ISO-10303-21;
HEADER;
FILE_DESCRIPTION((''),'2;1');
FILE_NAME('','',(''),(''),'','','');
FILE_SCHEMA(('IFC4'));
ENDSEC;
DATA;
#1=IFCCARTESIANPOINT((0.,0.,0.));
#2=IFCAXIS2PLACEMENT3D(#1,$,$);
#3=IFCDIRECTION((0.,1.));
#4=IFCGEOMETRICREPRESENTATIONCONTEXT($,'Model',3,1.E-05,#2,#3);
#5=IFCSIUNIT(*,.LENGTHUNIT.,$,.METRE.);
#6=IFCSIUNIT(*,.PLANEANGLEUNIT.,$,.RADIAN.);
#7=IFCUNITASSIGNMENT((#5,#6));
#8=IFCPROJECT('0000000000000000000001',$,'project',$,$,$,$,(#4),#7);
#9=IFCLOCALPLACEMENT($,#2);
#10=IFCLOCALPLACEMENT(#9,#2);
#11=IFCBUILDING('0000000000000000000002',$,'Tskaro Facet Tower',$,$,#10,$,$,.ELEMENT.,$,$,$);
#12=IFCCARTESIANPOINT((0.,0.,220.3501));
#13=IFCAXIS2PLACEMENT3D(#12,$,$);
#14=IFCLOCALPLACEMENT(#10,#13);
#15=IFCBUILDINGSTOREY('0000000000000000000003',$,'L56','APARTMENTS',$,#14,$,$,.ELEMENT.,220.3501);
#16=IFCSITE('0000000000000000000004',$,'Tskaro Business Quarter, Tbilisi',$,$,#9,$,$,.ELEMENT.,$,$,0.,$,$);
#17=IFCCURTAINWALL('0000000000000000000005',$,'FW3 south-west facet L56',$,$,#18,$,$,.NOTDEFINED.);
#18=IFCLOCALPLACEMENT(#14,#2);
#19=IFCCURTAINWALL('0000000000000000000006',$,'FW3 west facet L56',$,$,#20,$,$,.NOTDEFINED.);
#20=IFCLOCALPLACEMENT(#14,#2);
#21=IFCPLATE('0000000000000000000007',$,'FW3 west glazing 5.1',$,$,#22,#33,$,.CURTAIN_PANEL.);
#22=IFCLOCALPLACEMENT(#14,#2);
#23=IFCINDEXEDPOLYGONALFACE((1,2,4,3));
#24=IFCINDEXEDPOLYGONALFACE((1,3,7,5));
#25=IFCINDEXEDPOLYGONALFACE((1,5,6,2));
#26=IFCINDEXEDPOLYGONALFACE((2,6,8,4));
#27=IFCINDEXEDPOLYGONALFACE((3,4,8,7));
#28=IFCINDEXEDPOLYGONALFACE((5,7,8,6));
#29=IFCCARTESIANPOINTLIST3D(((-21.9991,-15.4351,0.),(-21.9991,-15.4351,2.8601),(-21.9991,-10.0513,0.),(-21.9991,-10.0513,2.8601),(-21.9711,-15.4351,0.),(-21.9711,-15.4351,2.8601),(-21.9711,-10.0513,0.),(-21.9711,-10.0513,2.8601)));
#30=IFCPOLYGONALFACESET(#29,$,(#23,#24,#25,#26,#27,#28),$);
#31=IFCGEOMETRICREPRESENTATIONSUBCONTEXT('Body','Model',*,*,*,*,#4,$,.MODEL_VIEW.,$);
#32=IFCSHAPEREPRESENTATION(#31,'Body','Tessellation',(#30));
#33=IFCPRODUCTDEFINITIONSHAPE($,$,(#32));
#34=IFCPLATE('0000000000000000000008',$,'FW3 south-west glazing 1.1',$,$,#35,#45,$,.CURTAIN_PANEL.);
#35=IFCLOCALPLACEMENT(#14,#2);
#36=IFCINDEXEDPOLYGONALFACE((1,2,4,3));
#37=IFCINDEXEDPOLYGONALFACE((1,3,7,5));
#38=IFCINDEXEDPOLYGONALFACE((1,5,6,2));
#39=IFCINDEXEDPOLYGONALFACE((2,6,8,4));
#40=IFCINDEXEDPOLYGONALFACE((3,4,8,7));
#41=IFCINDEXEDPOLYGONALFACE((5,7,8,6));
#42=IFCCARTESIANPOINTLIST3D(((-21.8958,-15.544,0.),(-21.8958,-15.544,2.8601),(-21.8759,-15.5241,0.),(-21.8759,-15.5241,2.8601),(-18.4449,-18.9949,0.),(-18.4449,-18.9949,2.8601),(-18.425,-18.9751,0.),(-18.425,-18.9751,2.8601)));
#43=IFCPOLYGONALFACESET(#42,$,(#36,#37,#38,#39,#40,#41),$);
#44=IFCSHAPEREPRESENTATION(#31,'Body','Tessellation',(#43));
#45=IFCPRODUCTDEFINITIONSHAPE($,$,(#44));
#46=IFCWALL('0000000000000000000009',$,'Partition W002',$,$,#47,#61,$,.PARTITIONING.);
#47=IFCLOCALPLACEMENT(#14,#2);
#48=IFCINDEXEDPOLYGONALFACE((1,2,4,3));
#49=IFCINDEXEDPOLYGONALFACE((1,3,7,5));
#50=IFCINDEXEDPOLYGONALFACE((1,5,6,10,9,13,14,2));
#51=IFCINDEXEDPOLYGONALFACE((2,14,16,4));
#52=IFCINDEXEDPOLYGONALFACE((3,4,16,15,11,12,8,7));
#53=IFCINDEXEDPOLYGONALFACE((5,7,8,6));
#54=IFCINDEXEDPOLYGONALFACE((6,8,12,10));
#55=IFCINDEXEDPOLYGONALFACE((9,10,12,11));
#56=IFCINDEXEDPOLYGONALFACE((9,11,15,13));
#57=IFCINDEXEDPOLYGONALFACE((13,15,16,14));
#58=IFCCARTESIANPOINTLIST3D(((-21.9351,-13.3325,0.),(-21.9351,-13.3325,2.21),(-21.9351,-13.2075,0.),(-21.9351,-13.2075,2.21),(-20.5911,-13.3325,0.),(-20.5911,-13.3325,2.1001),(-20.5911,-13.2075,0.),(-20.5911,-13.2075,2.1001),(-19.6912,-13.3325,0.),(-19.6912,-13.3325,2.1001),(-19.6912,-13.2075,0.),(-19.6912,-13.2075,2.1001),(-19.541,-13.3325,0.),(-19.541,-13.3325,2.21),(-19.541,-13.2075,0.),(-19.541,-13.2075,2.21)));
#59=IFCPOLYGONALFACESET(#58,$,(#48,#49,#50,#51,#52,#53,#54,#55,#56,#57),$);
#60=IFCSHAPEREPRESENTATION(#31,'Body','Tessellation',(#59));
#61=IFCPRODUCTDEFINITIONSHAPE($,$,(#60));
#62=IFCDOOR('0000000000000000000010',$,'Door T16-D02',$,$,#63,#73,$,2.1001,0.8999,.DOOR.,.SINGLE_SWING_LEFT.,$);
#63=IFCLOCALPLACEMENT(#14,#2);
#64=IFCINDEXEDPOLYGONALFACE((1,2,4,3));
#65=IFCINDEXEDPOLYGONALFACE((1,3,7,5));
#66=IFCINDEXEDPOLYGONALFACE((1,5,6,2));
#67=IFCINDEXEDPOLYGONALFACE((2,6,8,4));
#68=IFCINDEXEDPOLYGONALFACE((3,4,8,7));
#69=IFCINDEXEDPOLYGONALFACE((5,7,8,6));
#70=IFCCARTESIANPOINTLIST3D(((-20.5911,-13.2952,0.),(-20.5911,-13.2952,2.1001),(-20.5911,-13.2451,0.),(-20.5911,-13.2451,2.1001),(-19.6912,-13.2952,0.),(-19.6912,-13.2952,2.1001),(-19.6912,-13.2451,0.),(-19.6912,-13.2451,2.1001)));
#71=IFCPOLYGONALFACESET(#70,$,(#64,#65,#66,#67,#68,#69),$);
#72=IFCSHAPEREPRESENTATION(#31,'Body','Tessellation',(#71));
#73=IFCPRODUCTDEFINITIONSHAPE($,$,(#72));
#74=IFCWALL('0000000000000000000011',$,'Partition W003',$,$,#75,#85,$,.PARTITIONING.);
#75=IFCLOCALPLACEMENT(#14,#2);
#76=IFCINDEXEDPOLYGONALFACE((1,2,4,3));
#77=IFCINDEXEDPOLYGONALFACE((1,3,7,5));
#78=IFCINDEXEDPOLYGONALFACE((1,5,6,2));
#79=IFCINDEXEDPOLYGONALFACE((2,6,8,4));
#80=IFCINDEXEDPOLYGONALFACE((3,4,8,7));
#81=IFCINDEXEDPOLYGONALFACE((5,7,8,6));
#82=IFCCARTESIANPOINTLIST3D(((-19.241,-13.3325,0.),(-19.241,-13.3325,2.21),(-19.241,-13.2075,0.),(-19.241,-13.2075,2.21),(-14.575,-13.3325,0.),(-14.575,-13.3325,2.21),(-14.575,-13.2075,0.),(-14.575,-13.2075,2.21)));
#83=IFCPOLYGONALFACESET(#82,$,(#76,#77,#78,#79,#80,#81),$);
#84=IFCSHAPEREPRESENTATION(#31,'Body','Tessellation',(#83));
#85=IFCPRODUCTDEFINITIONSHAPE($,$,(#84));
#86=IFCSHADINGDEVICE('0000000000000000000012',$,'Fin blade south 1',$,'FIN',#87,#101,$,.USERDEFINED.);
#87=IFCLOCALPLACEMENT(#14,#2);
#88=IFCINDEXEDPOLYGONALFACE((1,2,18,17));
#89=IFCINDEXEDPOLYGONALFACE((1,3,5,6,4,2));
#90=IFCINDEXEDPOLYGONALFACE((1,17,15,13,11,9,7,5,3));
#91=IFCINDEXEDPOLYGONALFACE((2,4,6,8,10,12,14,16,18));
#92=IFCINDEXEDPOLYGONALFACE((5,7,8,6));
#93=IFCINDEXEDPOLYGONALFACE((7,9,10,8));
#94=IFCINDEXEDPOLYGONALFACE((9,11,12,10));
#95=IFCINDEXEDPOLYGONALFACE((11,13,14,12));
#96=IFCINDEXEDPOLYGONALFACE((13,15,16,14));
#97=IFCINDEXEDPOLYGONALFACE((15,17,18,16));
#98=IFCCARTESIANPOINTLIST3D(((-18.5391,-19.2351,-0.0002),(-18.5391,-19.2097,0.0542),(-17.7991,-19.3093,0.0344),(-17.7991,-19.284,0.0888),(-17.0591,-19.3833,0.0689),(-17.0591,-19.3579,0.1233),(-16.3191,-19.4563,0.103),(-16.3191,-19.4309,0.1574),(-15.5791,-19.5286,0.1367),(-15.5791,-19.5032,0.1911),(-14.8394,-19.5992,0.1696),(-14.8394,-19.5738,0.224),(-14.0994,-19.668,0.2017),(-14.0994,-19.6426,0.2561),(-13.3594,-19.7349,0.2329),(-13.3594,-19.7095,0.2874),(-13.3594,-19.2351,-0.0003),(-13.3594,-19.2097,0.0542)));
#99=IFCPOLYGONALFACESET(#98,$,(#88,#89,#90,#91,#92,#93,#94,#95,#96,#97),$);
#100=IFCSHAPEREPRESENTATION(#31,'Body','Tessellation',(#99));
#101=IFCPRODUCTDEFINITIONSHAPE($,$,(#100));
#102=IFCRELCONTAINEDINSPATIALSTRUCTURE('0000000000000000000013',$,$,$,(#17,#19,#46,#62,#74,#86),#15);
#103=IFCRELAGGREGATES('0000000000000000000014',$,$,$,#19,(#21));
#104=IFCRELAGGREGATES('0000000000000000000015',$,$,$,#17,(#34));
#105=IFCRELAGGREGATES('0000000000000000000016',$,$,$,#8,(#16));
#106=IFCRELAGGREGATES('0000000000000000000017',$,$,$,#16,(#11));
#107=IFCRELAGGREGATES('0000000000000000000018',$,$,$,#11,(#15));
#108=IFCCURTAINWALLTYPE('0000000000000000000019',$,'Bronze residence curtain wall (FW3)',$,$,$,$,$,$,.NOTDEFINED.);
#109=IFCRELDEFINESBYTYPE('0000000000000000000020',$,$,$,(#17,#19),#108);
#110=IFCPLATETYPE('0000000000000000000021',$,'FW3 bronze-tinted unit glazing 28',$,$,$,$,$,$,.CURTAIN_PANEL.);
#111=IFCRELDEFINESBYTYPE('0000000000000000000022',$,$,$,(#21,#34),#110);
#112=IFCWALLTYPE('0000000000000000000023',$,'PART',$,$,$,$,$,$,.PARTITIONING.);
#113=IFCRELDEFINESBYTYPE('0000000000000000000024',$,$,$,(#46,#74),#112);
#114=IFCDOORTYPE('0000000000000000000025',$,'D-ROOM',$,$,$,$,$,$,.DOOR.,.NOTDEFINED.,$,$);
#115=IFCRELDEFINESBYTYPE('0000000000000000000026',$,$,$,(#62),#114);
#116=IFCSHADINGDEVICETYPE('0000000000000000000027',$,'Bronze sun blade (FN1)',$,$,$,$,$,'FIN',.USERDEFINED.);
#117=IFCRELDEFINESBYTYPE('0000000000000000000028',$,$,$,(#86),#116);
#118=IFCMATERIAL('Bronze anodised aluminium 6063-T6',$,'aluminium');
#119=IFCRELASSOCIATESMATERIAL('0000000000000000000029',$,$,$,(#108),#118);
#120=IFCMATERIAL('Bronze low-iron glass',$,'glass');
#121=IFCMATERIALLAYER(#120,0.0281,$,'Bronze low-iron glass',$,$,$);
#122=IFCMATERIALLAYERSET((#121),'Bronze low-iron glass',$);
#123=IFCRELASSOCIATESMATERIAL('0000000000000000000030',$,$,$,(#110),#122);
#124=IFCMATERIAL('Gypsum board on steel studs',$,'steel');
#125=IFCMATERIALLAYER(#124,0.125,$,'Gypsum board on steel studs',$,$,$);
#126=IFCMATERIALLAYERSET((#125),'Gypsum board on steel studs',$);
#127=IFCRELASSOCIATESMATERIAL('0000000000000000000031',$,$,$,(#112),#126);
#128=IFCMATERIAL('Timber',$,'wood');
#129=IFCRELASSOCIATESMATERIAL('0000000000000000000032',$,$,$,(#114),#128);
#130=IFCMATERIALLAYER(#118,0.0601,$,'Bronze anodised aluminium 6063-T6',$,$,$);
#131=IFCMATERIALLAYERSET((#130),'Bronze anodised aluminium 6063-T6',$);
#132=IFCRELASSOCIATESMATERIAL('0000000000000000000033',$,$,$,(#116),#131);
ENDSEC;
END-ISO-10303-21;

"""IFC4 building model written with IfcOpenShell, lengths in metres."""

from ifc_helpers import new_model, si_unit, direction, frame, frame_2d, origin, origin_2d, place, context, subcontext, project, spatial, polyline, rectangle, outline, extrude, material, layer, layer_set, type_object, element, fill, aggregate, save


model = new_model("IFC4")

# Units and contexts
model_context = context("Model", 3, precision=1e-05, world=origin(), true_north=direction((0.0, 1.0)))
body_context = subcontext(model_context, "Body", "Model", "MODEL_VIEW")
ifc_project = project(units=[si_unit("LENGTHUNIT", "METRE"), si_unit("PLANEANGLEUNIT", "RADIAN")], contexts=[model_context])

# Site, building, storey
site_placement = place(None, origin())
site = spatial("IfcSite", under=ifc_project, at=site_placement, Name="Tskaro Business Quarter, Tbilisi", CompositionType="ELEMENT", RefElevation=0.0)
building_placement = place(site_placement, origin())
building = spatial("IfcBuilding", under=site, at=building_placement, Name="Tskaro Facet Tower", CompositionType="ELEMENT")
storey_placement = place(building_placement, frame((0.0, 0.0, 220.3501)))
storey = spatial("IfcBuildingStorey", under=building, at=storey_placement, Name="L56", Description="APARTMENTS", CompositionType="ELEMENT", Elevation=220.3501)

# Curtain wall
ifc_material_1 = material(Name="Bronze anodised aluminium 6063-T6", Category="aluminium")
curtain_wall_type = type_object("IfcCurtainWallType", Name="Bronze residence curtain wall (FW3)", PredefinedType="NOTDEFINED", material=ifc_material_1)
curtain_wall_1_placement = place(storey_placement, origin())
curtain_wall_1 = element("IfcCurtainWall", 1, at=curtain_wall_1_placement, inside=storey, type_object=curtain_wall_type, Name="FW3 south-west facet L56", PredefinedType="NOTDEFINED")

# Shared definitions
ifc_material_2 = material(Name="Bronze low-iron glass", Category="glass")
ifc_layer_1 = layer(ifc_material_2, 0.0281, Name="Bronze low-iron glass")
ifc_layer_set_1 = layer_set([ifc_layer_1], Name="Bronze low-iron glass")
plate_type = type_object("IfcPlateType", Name="FW3 bronze-tinted unit glazing 28", PredefinedType="CURTAIN_PANEL", material=ifc_layer_set_1)

# Curtain wall, plate
curtain_wall_2_placement = place(storey_placement, origin())
curtain_wall_2 = element("IfcCurtainWall", 2, at=curtain_wall_2_placement, inside=storey, type_object=curtain_wall_type, Name="FW3 west facet L56", PredefinedType="NOTDEFINED")
plate_1_placement = place(storey_placement, frame((-21.9851, -12.7432, 0.0), z_axis=(0.0, 0.0, 1.0), x_axis=(0.0, -1.0, 0.0)))
plate_1 = element("IfcPlate", 3, at=plate_1_placement, type_object=plate_type, Name="FW3 west glazing 5.1", PredefinedType="CURTAIN_PANEL", context=body_context, shape_type="SweptSolid", body=[
    extrude(rectangle(XDim=5.3838, YDim=0.0281, at=origin_2d()), origin(), (0.0, 0.0, 1.0), 2.8601),
])
aggregate(curtain_wall_2, [plate_1])

# Plate
plate_2_placement = place(storey_placement, frame((-20.1604, -17.2595, 0.0), z_axis=(0.0, 0.0, 1.0), x_axis=(0.707107, -0.707107, 0.0)))
plate_2 = element("IfcPlate", 4, at=plate_2_placement, type_object=plate_type, Name="FW3 south-west glazing 1.1", PredefinedType="CURTAIN_PANEL", context=body_context, shape_type="SweptSolid", body=[
    extrude(rectangle(XDim=4.8804, YDim=0.0281, at=origin_2d()), origin(), (0.0, 0.0, 1.0), 2.8601),
])
aggregate(curtain_wall_1, [plate_2])

# Wall, opening, door
ifc_material_3 = material(Name="Gypsum board on steel studs", Category="steel")
ifc_layer_2 = layer(ifc_material_3, 0.125, Name="Gypsum board on steel studs")
ifc_layer_set_2 = layer_set([ifc_layer_2], Name="Gypsum board on steel studs")
wall_type = type_object("IfcWallType", Name="PART", PredefinedType="PARTITIONING", material=ifc_layer_set_2)
wall_1_placement = place(storey_placement, frame((-21.9351, -13.27, 0.0), z_axis=(0.0, 0.0, 1.0), x_axis=(1.0, 0.0, 0.0)))
wall_1 = element("IfcWall", 5, at=wall_1_placement, inside=storey, type_object=wall_type, Name="Partition W002", PredefinedType="PARTITIONING", context=body_context, shape_type="SweptSolid", body=[
    extrude(rectangle(XDim=2.394, YDim=0.125, at=frame_2d((1.197, 0.0))), origin(), (0.0, 0.0, 1.0), 2.21),
])
opening_placement = place(wall_1_placement, frame((1.344, 0.0, 0.0)))
opening = element("IfcOpeningElement", 6, at=opening_placement, cuts=wall_1, PredefinedType="OPENING", context=body_context, shape_type="SweptSolid", body=[
    extrude(rectangle(XDim=0.8999, YDim=2.1001, at=frame_2d((0.45, 1.05))), frame((0.0, 0.0725, 0.0), z_axis=(0.0, -1.0, 0.0), x_axis=(1.0, 0.0, 0.0)), (0.0, 0.0, 1.0), 0.145),
])
ifc_material_4 = material(Name="Timber", Category="wood")
door_type = type_object("IfcDoorType", Name="D-ROOM", OperationType="NOTDEFINED", PredefinedType="DOOR", material=ifc_material_4)
door_placement = place(opening_placement, origin())
door = element("IfcDoor", 7, at=door_placement, inside=storey, type_object=door_type, Name="Door T16-D02", OperationType="SINGLE_SWING_LEFT", OverallHeight=2.1001, OverallWidth=0.8999, PredefinedType="DOOR", context=body_context, shape_type="SweptSolid", body=[
    extrude(rectangle(XDim=0.8999, YDim=2.1001, at=frame_2d((0.45, 1.05))), frame((0.0, 0.0249, 0.0), z_axis=(0.0, -1.0, 0.0), x_axis=(1.0, 0.0, 0.0)), (0.0, 0.0, 1.0), 0.05),
])
fill(opening, door)

# Wall
wall_2_placement = place(storey_placement, frame((-19.241, -13.27, 0.0), z_axis=(0.0, 0.0, 1.0), x_axis=(1.0, 0.0, 0.0)))
element("IfcWall", 8, at=wall_2_placement, inside=storey, type_object=wall_type, Name="Partition W003", PredefinedType="PARTITIONING", context=body_context, shape_type="SweptSolid", body=[
    extrude(rectangle(XDim=4.666, YDim=0.125, at=frame_2d((2.333, 0.0))), origin(), (0.0, 0.0, 1.0), 2.21),
])

# Shading device
ifc_layer_3 = layer(ifc_material_1, 0.0601, Name="Bronze anodised aluminium 6063-T6")
ifc_layer_set_3 = layer_set([ifc_layer_3], Name="Bronze anodised aluminium 6063-T6")
shading_device_type = type_object("IfcShadingDeviceType", Name="Bronze sun blade (FN1)", ElementType="FIN", PredefinedType="USERDEFINED", material=ifc_layer_set_3)
shading_device_placement = place(storey_placement, frame((-18.5391, -19.2097, 0.0542), z_axis=(0.000009, 0.422865, 0.906193), x_axis=(1.0, -0.000004, -0.000008)))
element("IfcShadingDevice", 9, at=shading_device_placement, inside=storey, type_object=shading_device_type, Name="Fin blade south 1", ObjectType="FIN", PredefinedType="USERDEFINED", context=body_context, shape_type="SweptSolid", body=[
    extrude(outline(polyline([(0.0, 0.0), (5.1797, 0.0), (5.1797, -0.5515), (4.4397, -0.4776), (3.6997, -0.4017), (2.96, -0.3238), (2.22, -0.2441), (1.48, -0.1635), (0.74, -0.0819), (0.0, 0.0)])), origin(), (0.0, 0.0, -1.0), 0.0601),
])

save(model, "model.ifc")
